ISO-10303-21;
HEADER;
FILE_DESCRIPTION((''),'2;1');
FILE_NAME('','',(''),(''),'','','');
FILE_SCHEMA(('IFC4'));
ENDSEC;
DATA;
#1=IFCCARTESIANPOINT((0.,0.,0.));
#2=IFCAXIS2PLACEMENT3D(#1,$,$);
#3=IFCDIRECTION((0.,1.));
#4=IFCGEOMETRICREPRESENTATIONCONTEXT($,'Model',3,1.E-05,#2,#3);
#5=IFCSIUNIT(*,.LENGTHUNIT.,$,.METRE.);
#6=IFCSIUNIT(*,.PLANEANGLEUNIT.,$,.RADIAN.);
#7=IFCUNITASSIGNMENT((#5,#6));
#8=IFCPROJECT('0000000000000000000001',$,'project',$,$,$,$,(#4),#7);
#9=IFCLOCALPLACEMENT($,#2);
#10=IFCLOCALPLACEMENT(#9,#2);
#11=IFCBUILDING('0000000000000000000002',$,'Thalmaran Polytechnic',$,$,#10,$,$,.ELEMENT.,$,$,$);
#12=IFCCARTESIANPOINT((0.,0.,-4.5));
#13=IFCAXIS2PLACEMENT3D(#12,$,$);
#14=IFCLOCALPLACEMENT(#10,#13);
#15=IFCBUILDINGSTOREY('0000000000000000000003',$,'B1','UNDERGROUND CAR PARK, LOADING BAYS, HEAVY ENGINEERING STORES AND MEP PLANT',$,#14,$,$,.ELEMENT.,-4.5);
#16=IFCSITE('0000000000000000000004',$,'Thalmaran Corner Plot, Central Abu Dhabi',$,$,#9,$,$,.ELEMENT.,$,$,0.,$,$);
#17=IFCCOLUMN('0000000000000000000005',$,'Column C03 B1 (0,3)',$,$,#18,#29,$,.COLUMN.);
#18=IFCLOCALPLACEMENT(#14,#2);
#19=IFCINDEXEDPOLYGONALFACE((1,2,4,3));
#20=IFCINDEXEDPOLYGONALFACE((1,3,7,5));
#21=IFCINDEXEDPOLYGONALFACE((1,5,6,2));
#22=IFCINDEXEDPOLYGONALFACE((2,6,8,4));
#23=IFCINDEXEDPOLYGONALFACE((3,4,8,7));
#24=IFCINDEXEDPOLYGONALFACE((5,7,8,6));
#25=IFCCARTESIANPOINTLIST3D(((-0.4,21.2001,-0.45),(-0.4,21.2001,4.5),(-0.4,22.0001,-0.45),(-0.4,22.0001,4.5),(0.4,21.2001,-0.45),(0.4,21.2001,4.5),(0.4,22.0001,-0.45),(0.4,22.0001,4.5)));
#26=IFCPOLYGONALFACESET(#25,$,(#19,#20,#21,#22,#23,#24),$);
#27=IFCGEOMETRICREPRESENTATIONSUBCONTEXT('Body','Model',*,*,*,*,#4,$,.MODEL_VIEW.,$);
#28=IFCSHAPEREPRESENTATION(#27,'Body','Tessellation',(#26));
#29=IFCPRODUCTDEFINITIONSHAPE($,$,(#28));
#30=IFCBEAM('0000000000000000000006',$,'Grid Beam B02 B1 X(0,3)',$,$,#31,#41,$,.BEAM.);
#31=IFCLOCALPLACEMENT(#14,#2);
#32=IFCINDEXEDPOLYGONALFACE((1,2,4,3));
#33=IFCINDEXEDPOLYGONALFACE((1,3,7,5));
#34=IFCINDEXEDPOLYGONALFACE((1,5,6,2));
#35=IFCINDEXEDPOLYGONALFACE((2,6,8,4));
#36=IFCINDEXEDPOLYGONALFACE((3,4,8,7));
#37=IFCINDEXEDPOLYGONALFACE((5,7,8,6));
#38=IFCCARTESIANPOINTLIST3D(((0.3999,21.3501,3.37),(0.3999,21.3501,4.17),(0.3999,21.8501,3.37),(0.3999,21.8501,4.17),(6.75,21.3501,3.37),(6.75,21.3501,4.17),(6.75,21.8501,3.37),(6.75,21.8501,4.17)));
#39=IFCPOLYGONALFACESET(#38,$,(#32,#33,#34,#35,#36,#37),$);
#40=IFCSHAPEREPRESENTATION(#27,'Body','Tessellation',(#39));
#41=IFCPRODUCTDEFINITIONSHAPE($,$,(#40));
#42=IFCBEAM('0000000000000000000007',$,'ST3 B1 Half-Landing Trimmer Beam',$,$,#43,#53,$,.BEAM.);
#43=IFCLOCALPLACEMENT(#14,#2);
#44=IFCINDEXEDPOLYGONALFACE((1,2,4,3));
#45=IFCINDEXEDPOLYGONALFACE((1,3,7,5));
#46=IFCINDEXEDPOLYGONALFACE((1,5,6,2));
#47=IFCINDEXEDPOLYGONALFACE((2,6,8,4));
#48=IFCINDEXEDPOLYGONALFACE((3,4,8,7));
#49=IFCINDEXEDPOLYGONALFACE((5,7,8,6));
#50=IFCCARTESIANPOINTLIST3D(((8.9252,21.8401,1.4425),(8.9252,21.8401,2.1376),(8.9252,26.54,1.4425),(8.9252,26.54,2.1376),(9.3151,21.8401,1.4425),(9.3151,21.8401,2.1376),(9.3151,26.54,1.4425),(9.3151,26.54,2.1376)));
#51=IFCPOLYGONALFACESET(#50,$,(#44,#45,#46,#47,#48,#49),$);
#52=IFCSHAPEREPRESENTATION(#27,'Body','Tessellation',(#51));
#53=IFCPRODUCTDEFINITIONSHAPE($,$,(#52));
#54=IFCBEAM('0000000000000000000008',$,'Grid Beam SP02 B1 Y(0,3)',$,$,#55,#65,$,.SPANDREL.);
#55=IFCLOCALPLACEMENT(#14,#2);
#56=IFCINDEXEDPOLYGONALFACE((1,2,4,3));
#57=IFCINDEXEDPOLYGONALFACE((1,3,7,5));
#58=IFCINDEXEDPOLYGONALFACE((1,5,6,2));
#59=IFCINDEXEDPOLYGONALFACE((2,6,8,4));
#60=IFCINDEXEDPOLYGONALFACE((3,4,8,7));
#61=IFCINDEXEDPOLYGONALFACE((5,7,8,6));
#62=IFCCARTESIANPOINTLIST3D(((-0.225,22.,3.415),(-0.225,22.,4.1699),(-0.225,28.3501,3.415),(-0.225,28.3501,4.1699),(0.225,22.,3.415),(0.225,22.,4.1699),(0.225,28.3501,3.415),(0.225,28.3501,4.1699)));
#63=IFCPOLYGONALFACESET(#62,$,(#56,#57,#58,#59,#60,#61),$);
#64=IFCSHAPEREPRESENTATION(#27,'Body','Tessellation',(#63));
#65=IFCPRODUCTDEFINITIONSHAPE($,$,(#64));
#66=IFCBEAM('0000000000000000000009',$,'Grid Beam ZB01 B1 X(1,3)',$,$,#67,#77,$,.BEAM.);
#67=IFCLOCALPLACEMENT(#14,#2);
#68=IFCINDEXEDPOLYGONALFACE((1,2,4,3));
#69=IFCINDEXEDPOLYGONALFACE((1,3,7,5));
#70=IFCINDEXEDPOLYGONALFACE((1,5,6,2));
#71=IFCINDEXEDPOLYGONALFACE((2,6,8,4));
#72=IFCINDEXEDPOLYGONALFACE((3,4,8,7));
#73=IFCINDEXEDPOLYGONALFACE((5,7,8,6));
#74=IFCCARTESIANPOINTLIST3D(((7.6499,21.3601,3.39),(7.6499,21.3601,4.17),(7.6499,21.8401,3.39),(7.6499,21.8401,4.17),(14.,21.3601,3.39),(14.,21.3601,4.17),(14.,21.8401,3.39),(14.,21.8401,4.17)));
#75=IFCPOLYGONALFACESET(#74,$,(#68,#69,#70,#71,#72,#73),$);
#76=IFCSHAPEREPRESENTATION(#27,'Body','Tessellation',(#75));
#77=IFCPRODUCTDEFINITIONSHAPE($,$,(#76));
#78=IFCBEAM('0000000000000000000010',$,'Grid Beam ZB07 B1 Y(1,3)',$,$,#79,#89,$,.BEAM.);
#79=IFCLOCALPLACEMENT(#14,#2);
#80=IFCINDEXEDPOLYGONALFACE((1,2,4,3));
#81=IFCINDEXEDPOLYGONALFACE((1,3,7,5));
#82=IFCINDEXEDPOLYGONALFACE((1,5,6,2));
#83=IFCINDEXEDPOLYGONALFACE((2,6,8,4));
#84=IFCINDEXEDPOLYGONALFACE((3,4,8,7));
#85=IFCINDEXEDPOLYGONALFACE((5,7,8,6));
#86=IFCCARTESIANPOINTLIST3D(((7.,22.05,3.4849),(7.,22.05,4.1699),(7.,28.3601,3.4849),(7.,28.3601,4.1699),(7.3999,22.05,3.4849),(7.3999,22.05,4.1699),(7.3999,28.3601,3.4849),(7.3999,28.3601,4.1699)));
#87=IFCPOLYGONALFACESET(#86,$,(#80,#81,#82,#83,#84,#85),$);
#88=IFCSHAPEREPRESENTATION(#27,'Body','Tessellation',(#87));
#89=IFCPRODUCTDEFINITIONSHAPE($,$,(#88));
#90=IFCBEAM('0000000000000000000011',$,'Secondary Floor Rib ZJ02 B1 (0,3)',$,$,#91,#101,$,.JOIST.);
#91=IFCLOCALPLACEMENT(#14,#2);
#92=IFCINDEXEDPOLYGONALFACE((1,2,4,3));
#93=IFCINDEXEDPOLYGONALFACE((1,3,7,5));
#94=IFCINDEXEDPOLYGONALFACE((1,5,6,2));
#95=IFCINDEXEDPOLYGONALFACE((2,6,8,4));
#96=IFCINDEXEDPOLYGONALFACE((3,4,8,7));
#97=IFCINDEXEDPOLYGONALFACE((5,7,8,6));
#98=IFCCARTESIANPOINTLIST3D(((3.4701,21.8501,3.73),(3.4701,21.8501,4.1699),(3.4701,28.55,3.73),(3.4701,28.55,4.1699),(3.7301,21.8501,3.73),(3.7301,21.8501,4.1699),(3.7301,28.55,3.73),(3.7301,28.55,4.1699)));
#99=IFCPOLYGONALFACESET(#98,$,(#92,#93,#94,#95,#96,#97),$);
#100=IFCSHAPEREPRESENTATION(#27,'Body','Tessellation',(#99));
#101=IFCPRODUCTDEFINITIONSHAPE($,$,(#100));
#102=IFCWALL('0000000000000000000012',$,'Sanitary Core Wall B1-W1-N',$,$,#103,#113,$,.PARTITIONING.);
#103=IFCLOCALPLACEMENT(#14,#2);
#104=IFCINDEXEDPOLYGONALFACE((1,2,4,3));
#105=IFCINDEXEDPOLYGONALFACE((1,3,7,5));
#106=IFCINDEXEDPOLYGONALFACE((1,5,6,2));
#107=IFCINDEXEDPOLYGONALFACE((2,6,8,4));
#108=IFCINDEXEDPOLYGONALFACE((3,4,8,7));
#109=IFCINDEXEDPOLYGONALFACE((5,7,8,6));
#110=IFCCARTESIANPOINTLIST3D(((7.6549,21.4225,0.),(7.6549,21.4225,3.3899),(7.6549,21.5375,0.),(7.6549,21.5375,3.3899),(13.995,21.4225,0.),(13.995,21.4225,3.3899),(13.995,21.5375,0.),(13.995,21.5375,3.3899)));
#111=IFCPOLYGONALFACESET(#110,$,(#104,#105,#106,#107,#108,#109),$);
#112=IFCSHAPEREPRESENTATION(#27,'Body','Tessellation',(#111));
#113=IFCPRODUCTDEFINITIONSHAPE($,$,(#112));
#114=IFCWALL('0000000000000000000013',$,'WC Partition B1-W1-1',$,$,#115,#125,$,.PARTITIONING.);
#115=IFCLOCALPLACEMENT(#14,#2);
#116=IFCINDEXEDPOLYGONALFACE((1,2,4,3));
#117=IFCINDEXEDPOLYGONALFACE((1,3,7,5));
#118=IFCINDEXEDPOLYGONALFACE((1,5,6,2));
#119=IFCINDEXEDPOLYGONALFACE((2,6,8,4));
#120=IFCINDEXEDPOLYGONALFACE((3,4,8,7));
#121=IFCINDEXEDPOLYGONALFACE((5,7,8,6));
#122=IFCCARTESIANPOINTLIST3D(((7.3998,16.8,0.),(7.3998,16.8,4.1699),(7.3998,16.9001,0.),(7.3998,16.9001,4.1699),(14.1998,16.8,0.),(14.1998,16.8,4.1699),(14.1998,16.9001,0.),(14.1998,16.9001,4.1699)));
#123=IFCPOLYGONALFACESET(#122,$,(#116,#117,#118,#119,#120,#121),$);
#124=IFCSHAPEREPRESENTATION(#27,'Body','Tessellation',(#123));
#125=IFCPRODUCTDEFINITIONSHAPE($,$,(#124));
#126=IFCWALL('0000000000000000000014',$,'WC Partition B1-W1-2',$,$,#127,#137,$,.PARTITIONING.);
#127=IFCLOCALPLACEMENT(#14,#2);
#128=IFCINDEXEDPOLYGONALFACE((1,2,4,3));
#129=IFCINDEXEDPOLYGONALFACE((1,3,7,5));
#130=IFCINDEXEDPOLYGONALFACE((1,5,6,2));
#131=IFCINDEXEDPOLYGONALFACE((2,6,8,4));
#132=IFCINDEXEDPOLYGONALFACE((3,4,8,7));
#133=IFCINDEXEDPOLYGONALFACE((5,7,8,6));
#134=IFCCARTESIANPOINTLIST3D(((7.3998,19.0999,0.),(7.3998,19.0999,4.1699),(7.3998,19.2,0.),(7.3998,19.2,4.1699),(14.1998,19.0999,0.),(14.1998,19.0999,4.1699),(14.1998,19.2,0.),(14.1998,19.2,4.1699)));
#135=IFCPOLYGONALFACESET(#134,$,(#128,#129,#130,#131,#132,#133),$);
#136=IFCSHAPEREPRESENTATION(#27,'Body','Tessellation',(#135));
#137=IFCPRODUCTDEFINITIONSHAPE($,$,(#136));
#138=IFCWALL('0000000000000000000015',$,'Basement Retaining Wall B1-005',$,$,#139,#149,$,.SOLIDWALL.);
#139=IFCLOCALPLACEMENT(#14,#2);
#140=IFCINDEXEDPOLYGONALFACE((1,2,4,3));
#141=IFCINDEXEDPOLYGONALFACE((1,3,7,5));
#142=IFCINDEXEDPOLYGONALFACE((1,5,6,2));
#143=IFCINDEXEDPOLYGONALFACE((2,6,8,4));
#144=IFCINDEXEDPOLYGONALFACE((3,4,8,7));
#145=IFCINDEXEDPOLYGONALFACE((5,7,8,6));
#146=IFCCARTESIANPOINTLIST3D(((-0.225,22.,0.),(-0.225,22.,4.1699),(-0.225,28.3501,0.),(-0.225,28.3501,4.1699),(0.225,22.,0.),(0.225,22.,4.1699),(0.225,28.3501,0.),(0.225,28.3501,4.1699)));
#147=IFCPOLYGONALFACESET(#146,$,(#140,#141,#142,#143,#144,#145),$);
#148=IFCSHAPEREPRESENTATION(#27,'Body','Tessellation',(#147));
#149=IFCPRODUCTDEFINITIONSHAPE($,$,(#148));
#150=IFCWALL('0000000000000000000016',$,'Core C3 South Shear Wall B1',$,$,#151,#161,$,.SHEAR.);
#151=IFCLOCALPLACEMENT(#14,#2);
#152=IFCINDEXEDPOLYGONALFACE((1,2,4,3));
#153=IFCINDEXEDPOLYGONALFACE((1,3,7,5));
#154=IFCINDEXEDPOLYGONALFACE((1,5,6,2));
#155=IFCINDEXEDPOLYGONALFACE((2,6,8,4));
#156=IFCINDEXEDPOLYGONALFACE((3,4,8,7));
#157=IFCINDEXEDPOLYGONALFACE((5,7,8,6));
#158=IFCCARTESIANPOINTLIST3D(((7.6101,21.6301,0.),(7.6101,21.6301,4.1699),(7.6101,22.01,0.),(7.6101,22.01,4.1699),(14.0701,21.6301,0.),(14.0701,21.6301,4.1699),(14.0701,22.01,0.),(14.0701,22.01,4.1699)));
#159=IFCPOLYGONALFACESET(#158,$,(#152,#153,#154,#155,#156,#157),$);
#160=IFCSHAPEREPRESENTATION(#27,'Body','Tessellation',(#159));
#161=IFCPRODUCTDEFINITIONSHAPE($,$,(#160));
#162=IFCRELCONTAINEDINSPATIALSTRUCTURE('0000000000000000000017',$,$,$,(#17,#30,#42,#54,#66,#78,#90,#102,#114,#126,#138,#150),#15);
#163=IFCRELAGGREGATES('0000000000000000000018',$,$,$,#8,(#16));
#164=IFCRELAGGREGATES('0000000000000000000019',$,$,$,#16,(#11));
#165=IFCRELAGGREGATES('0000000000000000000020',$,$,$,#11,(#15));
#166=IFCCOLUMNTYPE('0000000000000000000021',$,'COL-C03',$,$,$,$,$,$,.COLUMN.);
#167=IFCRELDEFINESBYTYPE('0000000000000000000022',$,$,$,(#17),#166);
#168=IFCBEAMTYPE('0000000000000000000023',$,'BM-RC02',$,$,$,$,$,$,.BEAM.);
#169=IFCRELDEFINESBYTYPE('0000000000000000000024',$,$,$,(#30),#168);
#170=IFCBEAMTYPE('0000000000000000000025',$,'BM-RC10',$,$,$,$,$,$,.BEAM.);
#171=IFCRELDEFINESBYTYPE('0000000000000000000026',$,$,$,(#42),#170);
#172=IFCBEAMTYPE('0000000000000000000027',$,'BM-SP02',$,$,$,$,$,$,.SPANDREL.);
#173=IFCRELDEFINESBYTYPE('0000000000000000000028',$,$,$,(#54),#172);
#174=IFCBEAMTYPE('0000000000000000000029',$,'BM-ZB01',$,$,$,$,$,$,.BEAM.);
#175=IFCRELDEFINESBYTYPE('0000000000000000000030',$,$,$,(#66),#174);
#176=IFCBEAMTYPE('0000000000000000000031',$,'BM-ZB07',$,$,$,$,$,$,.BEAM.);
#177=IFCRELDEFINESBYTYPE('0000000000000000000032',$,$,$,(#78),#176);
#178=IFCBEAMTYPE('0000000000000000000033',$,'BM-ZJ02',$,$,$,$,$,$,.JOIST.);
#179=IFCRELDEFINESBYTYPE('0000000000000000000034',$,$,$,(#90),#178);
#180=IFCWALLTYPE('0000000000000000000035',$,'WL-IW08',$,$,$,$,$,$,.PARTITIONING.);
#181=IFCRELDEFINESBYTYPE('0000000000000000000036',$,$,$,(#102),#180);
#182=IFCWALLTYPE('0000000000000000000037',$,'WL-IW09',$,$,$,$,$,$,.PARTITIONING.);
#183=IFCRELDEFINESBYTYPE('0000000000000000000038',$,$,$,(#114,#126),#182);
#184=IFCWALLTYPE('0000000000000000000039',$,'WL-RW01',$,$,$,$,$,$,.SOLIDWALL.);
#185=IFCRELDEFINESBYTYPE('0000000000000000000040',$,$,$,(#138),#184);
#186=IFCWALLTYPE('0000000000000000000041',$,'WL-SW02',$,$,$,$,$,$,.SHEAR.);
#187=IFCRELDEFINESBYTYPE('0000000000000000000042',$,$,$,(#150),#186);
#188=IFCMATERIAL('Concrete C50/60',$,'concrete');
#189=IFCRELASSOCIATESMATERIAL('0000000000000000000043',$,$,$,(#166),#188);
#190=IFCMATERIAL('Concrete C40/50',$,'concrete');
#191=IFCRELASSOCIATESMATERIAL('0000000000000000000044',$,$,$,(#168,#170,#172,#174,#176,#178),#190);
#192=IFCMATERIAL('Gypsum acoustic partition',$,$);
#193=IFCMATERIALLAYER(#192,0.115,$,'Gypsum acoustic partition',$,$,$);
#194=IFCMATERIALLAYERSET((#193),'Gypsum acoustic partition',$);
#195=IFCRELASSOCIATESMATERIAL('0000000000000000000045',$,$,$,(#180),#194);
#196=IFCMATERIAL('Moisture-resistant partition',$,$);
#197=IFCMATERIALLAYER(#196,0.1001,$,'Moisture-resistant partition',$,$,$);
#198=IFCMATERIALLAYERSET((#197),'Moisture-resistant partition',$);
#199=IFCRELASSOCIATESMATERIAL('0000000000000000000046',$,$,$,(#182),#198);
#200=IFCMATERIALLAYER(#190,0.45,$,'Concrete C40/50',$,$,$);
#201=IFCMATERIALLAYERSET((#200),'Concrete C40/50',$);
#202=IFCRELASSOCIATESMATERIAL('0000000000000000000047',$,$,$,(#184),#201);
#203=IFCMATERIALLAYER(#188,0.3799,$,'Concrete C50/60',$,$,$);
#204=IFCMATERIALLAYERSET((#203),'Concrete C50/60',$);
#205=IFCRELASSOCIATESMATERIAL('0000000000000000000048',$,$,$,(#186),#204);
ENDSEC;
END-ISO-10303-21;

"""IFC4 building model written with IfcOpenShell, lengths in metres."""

from ifc_helpers import new_model, si_unit, direction, frame, frame_2d, origin, origin_2d, place, context, subcontext, project, spatial, rectangle, extrude, material, layer, layer_set, material_profile, profile_set, type_object, element, save


model = new_model("IFC4")

# Units and contexts
model_context = context("Model", 3, precision=1e-05, world=origin(), true_north=direction((0.0, 1.0)))
body_context = subcontext(model_context, "Body", "Model", "MODEL_VIEW")
ifc_project = project(units=[si_unit("LENGTHUNIT", "METRE"), si_unit("PLANEANGLEUNIT", "RADIAN")], contexts=[model_context])

# Site, building, storey
site_placement = place(None, origin())
site = spatial("IfcSite", under=ifc_project, at=site_placement, Name="Thalmaran Corner Plot, Central Abu Dhabi", CompositionType="ELEMENT", RefElevation=0.0)
building_placement = place(site_placement, origin())
building = spatial("IfcBuilding", under=site, at=building_placement, Name="Thalmaran Polytechnic", CompositionType="ELEMENT")
storey_placement = place(building_placement, frame((0.0, 0.0, -4.5)))
storey = spatial("IfcBuildingStorey", under=building, at=storey_placement, Name="B1", Description="UNDERGROUND CAR PARK, LOADING BAYS, HEAVY ENGINEERING STORES AND MEP PLANT", CompositionType="ELEMENT", Elevation=-4.5)

# Shared definitions
ifc_material_1 = material(Name="Concrete C40/50", Category="concrete")

# Column
ifc_material_2 = material(Name="Concrete C50/60", Category="concrete")
ifc_material_profile_1 = material_profile(ifc_material_2, rectangle(XDim=0.8, YDim=0.8, at=origin_2d()), Name="RC 800x800")
ifc_profile_set_1 = profile_set([ifc_material_profile_1], Name="Concrete C50/60")
column_type_1 = type_object("IfcColumnType", Name="COL-C03", PredefinedType="COLUMN", material=ifc_profile_set_1)
column_1_placement = place(storey_placement, frame((0.0, 21.6001, -0.45), z_axis=(0.0, 0.0, 1.0), x_axis=(1.0, 0.0, 0.0)))
element("IfcColumn", 1, at=column_1_placement, inside=storey, type_object=column_type_1, Name="Column C03 B1 (0,3)", PredefinedType="COLUMN", context=body_context, shape_type="SweptSolid", body=[
    extrude(rectangle(XDim=0.8, YDim=0.8, at=origin_2d()), origin(), (0.0, 0.0, 1.0), 4.95),
])

# Beams
ifc_material_profile_2 = material_profile(ifc_material_1, rectangle(XDim=0.5, YDim=0.8, at=origin_2d()), Name="RC 500x800")
ifc_profile_set_2 = profile_set([ifc_material_profile_2], Name="Concrete C40/50")
beam_type_1 = type_object("IfcBeamType", Name="BM-RC02", PredefinedType="BEAM", material=ifc_profile_set_2)
beam_1_placement = place(storey_placement, frame((0.3999, 21.6001, 3.77), z_axis=(1.0, 0.0, 0.0), x_axis=(0.0, 1.0, 0.0)))
element("IfcBeam", 2, at=beam_1_placement, inside=storey, type_object=beam_type_1, Name="Grid Beam B02 B1 X(0,3)", PredefinedType="BEAM", context=body_context, shape_type="SweptSolid", body=[
    extrude(rectangle(XDim=0.5, YDim=0.8, at=origin_2d()), origin(), (0.0, 0.0, 1.0), 6.3501),
])
ifc_material_profile_3 = material_profile(ifc_material_1, rectangle(XDim=0.3899, YDim=0.6951, at=origin_2d()), Name="RC 390x695")
ifc_profile_set_3 = profile_set([ifc_material_profile_3], Name="Concrete C40/50")
beam_type_2 = type_object("IfcBeamType", Name="BM-RC10", PredefinedType="BEAM", material=ifc_profile_set_3)
beam_2_placement = place(storey_placement, frame((9.1201, 21.8401, 1.79), z_axis=(0.0, 1.0, 0.0), x_axis=(-1.0, 0.0, 0.0)))
element("IfcBeam", 3, at=beam_2_placement, inside=storey, type_object=beam_type_2, Name="ST3 B1 Half-Landing Trimmer Beam", PredefinedType="BEAM", context=body_context, shape_type="SweptSolid", body=[
    extrude(rectangle(XDim=0.3899, YDim=0.6951, at=origin_2d()), origin(), (0.0, 0.0, 1.0), 4.7),
])
ifc_material_profile_4 = material_profile(ifc_material_1, rectangle(XDim=0.45, YDim=0.7549, at=origin_2d()), Name="RC 450x755")
ifc_profile_set_4 = profile_set([ifc_material_profile_4], Name="Concrete C40/50")
beam_type_3 = type_object("IfcBeamType", Name="BM-SP02", PredefinedType="SPANDREL", material=ifc_profile_set_4)
beam_3_placement = place(storey_placement, frame((0.0, 22.0, 3.7925), z_axis=(0.0, 1.0, 0.0), x_axis=(-1.0, 0.0, 0.0)))
element("IfcBeam", 4, at=beam_3_placement, inside=storey, type_object=beam_type_3, Name="Grid Beam SP02 B1 Y(0,3)", PredefinedType="SPANDREL", context=body_context, shape_type="SweptSolid", body=[
    extrude(rectangle(XDim=0.45, YDim=0.7549, at=origin_2d()), origin(), (0.0, 0.0, 1.0), 6.3501),
])
ifc_material_profile_5 = material_profile(ifc_material_1, rectangle(XDim=0.48, YDim=0.78, at=origin_2d()), Name="RC 480x780")
ifc_profile_set_5 = profile_set([ifc_material_profile_5], Name="Concrete C40/50")
beam_type_4 = type_object("IfcBeamType", Name="BM-ZB01", PredefinedType="BEAM", material=ifc_profile_set_5)
beam_4_placement = place(storey_placement, frame((7.6499, 21.6001, 3.78), z_axis=(1.0, 0.0, 0.0), x_axis=(0.0, 1.0, 0.0)))
element("IfcBeam", 5, at=beam_4_placement, inside=storey, type_object=beam_type_4, Name="Grid Beam ZB01 B1 X(1,3)", PredefinedType="BEAM", context=body_context, shape_type="SweptSolid", body=[
    extrude(rectangle(XDim=0.48, YDim=0.78, at=origin_2d()), origin(), (0.0, 0.0, 1.0), 6.3501),
])
ifc_material_profile_6 = material_profile(ifc_material_1, rectangle(XDim=0.3999, YDim=0.6851, at=origin_2d()), Name="RC 400x685")
ifc_profile_set_6 = profile_set([ifc_material_profile_6], Name="Concrete C40/50")
beam_type_5 = type_object("IfcBeamType", Name="BM-ZB07", PredefinedType="BEAM", material=ifc_profile_set_6)
beam_5_placement = place(storey_placement, frame((7.2, 22.05, 3.8274), z_axis=(0.0, 1.0, 0.0), x_axis=(-1.0, 0.0, 0.0)))
element("IfcBeam", 6, at=beam_5_placement, inside=storey, type_object=beam_type_5, Name="Grid Beam ZB07 B1 Y(1,3)", PredefinedType="BEAM", context=body_context, shape_type="SweptSolid", body=[
    extrude(rectangle(XDim=0.3999, YDim=0.6851, at=origin_2d()), origin(), (0.0, 0.0, 1.0), 6.3101),
])
ifc_material_profile_7 = material_profile(ifc_material_1, rectangle(XDim=0.26, YDim=0.4399, at=origin_2d()), Name="RC 260x440")
ifc_profile_set_7 = profile_set([ifc_material_profile_7], Name="Concrete C40/50")
beam_type_6 = type_object("IfcBeamType", Name="BM-ZJ02", PredefinedType="JOIST", material=ifc_profile_set_7)
beam_6_placement = place(storey_placement, frame((3.6001, 21.8501, 3.95), z_axis=(0.0, 1.0, 0.0), x_axis=(-1.0, 0.0, 0.0)))
element("IfcBeam", 7, at=beam_6_placement, inside=storey, type_object=beam_type_6, Name="Secondary Floor Rib ZJ02 B1 (0,3)", PredefinedType="JOIST", context=body_context, shape_type="SweptSolid", body=[
    extrude(rectangle(XDim=0.26, YDim=0.4399, at=origin_2d()), origin(), (0.0, 0.0, 1.0), 6.7),
])

# Walls
ifc_material_3 = material(Name="Gypsum acoustic partition")
ifc_layer_1 = layer(ifc_material_3, 0.115, Name="Gypsum acoustic partition")
ifc_layer_set_1 = layer_set([ifc_layer_1], Name="Gypsum acoustic partition")
wall_type_1 = type_object("IfcWallType", Name="WL-IW08", PredefinedType="PARTITIONING", material=ifc_layer_set_1)
wall_1_placement = place(storey_placement, frame((7.655, 21.48, 0.0), z_axis=(0.0, 0.0, 1.0), x_axis=(1.0, 0.0, 0.0)))
element("IfcWall", 8, at=wall_1_placement, inside=storey, type_object=wall_type_1, Name="Sanitary Core Wall B1-W1-N", PredefinedType="PARTITIONING", context=body_context, shape_type="SweptSolid", body=[
    extrude(rectangle(XDim=6.3401, YDim=0.115, at=frame_2d((3.1699, 0.0))), origin(), (0.0, 0.0, 1.0), 3.3899),
])
ifc_material_4 = material(Name="Moisture-resistant partition")
ifc_layer_2 = layer(ifc_material_4, 0.1001, Name="Moisture-resistant partition")
ifc_layer_set_2 = layer_set([ifc_layer_2], Name="Moisture-resistant partition")
wall_type_2 = type_object("IfcWallType", Name="WL-IW09", PredefinedType="PARTITIONING", material=ifc_layer_set_2)
for number, where, z_axis, x_axis, name in (
    (9, (7.3999, 16.8501, 0.0), (0.0, 0.0, 1.0), (1.0, 0.0, 0.0), "WC Partition B1-W1-1"),
    (10, (7.3999, 19.1499, 0.0), (0.0, 0.0, 1.0), (1.0, 0.0, 0.0), "WC Partition B1-W1-2"),
):
    element("IfcWall", number, at=place(storey_placement, frame(where, z_axis=z_axis, x_axis=x_axis)), inside=storey, type_object=wall_type_2, Name=name, PredefinedType="PARTITIONING", context=body_context, shape_type="SweptSolid", body=[
        extrude(rectangle(XDim=6.8, YDim=0.1001, at=frame_2d((3.3999, 0.0))), origin(), (0.0, 0.0, 1.0), 4.1699),
    ])
ifc_layer_3 = layer(ifc_material_1, 0.45, Name="Concrete C40/50")
ifc_layer_set_3 = layer_set([ifc_layer_3], Name="Concrete C40/50")
wall_type_3 = type_object("IfcWallType", Name="WL-RW01", PredefinedType="SOLIDWALL", material=ifc_layer_set_3)
wall_2_placement = place(storey_placement, frame((0.0, 22.0, 0.0), z_axis=(0.0, 0.0, 1.0), x_axis=(0.0, 1.0, 0.0)))
element("IfcWall", 11, at=wall_2_placement, inside=storey, type_object=wall_type_3, Name="Basement Retaining Wall B1-005", PredefinedType="SOLIDWALL", context=body_context, shape_type="SweptSolid", body=[
    extrude(rectangle(XDim=6.3501, YDim=0.45, at=frame_2d((3.175, 0.0))), origin(), (0.0, 0.0, 1.0), 4.1699),
])
ifc_layer_4 = layer(ifc_material_2, 0.3799, Name="Concrete C50/60")
ifc_layer_set_4 = layer_set([ifc_layer_4], Name="Concrete C50/60")
wall_type_4 = type_object("IfcWallType", Name="WL-SW02", PredefinedType="SHEAR", material=ifc_layer_set_4)
wall_3_placement = place(storey_placement, frame((7.6101, 21.8201, 0.0), z_axis=(0.0, 0.0, 1.0), x_axis=(1.0, 0.0, 0.0)))
element("IfcWall", 12, at=wall_3_placement, inside=storey, type_object=wall_type_4, Name="Core C3 South Shear Wall B1", PredefinedType="SHEAR", context=body_context, shape_type="SweptSolid", body=[
    extrude(rectangle(XDim=6.46, YDim=0.3799, at=frame_2d((3.23, 0.0))), origin(), (0.0, 0.0, 1.0), 4.1699),
])

save(model, "model.ifc")
